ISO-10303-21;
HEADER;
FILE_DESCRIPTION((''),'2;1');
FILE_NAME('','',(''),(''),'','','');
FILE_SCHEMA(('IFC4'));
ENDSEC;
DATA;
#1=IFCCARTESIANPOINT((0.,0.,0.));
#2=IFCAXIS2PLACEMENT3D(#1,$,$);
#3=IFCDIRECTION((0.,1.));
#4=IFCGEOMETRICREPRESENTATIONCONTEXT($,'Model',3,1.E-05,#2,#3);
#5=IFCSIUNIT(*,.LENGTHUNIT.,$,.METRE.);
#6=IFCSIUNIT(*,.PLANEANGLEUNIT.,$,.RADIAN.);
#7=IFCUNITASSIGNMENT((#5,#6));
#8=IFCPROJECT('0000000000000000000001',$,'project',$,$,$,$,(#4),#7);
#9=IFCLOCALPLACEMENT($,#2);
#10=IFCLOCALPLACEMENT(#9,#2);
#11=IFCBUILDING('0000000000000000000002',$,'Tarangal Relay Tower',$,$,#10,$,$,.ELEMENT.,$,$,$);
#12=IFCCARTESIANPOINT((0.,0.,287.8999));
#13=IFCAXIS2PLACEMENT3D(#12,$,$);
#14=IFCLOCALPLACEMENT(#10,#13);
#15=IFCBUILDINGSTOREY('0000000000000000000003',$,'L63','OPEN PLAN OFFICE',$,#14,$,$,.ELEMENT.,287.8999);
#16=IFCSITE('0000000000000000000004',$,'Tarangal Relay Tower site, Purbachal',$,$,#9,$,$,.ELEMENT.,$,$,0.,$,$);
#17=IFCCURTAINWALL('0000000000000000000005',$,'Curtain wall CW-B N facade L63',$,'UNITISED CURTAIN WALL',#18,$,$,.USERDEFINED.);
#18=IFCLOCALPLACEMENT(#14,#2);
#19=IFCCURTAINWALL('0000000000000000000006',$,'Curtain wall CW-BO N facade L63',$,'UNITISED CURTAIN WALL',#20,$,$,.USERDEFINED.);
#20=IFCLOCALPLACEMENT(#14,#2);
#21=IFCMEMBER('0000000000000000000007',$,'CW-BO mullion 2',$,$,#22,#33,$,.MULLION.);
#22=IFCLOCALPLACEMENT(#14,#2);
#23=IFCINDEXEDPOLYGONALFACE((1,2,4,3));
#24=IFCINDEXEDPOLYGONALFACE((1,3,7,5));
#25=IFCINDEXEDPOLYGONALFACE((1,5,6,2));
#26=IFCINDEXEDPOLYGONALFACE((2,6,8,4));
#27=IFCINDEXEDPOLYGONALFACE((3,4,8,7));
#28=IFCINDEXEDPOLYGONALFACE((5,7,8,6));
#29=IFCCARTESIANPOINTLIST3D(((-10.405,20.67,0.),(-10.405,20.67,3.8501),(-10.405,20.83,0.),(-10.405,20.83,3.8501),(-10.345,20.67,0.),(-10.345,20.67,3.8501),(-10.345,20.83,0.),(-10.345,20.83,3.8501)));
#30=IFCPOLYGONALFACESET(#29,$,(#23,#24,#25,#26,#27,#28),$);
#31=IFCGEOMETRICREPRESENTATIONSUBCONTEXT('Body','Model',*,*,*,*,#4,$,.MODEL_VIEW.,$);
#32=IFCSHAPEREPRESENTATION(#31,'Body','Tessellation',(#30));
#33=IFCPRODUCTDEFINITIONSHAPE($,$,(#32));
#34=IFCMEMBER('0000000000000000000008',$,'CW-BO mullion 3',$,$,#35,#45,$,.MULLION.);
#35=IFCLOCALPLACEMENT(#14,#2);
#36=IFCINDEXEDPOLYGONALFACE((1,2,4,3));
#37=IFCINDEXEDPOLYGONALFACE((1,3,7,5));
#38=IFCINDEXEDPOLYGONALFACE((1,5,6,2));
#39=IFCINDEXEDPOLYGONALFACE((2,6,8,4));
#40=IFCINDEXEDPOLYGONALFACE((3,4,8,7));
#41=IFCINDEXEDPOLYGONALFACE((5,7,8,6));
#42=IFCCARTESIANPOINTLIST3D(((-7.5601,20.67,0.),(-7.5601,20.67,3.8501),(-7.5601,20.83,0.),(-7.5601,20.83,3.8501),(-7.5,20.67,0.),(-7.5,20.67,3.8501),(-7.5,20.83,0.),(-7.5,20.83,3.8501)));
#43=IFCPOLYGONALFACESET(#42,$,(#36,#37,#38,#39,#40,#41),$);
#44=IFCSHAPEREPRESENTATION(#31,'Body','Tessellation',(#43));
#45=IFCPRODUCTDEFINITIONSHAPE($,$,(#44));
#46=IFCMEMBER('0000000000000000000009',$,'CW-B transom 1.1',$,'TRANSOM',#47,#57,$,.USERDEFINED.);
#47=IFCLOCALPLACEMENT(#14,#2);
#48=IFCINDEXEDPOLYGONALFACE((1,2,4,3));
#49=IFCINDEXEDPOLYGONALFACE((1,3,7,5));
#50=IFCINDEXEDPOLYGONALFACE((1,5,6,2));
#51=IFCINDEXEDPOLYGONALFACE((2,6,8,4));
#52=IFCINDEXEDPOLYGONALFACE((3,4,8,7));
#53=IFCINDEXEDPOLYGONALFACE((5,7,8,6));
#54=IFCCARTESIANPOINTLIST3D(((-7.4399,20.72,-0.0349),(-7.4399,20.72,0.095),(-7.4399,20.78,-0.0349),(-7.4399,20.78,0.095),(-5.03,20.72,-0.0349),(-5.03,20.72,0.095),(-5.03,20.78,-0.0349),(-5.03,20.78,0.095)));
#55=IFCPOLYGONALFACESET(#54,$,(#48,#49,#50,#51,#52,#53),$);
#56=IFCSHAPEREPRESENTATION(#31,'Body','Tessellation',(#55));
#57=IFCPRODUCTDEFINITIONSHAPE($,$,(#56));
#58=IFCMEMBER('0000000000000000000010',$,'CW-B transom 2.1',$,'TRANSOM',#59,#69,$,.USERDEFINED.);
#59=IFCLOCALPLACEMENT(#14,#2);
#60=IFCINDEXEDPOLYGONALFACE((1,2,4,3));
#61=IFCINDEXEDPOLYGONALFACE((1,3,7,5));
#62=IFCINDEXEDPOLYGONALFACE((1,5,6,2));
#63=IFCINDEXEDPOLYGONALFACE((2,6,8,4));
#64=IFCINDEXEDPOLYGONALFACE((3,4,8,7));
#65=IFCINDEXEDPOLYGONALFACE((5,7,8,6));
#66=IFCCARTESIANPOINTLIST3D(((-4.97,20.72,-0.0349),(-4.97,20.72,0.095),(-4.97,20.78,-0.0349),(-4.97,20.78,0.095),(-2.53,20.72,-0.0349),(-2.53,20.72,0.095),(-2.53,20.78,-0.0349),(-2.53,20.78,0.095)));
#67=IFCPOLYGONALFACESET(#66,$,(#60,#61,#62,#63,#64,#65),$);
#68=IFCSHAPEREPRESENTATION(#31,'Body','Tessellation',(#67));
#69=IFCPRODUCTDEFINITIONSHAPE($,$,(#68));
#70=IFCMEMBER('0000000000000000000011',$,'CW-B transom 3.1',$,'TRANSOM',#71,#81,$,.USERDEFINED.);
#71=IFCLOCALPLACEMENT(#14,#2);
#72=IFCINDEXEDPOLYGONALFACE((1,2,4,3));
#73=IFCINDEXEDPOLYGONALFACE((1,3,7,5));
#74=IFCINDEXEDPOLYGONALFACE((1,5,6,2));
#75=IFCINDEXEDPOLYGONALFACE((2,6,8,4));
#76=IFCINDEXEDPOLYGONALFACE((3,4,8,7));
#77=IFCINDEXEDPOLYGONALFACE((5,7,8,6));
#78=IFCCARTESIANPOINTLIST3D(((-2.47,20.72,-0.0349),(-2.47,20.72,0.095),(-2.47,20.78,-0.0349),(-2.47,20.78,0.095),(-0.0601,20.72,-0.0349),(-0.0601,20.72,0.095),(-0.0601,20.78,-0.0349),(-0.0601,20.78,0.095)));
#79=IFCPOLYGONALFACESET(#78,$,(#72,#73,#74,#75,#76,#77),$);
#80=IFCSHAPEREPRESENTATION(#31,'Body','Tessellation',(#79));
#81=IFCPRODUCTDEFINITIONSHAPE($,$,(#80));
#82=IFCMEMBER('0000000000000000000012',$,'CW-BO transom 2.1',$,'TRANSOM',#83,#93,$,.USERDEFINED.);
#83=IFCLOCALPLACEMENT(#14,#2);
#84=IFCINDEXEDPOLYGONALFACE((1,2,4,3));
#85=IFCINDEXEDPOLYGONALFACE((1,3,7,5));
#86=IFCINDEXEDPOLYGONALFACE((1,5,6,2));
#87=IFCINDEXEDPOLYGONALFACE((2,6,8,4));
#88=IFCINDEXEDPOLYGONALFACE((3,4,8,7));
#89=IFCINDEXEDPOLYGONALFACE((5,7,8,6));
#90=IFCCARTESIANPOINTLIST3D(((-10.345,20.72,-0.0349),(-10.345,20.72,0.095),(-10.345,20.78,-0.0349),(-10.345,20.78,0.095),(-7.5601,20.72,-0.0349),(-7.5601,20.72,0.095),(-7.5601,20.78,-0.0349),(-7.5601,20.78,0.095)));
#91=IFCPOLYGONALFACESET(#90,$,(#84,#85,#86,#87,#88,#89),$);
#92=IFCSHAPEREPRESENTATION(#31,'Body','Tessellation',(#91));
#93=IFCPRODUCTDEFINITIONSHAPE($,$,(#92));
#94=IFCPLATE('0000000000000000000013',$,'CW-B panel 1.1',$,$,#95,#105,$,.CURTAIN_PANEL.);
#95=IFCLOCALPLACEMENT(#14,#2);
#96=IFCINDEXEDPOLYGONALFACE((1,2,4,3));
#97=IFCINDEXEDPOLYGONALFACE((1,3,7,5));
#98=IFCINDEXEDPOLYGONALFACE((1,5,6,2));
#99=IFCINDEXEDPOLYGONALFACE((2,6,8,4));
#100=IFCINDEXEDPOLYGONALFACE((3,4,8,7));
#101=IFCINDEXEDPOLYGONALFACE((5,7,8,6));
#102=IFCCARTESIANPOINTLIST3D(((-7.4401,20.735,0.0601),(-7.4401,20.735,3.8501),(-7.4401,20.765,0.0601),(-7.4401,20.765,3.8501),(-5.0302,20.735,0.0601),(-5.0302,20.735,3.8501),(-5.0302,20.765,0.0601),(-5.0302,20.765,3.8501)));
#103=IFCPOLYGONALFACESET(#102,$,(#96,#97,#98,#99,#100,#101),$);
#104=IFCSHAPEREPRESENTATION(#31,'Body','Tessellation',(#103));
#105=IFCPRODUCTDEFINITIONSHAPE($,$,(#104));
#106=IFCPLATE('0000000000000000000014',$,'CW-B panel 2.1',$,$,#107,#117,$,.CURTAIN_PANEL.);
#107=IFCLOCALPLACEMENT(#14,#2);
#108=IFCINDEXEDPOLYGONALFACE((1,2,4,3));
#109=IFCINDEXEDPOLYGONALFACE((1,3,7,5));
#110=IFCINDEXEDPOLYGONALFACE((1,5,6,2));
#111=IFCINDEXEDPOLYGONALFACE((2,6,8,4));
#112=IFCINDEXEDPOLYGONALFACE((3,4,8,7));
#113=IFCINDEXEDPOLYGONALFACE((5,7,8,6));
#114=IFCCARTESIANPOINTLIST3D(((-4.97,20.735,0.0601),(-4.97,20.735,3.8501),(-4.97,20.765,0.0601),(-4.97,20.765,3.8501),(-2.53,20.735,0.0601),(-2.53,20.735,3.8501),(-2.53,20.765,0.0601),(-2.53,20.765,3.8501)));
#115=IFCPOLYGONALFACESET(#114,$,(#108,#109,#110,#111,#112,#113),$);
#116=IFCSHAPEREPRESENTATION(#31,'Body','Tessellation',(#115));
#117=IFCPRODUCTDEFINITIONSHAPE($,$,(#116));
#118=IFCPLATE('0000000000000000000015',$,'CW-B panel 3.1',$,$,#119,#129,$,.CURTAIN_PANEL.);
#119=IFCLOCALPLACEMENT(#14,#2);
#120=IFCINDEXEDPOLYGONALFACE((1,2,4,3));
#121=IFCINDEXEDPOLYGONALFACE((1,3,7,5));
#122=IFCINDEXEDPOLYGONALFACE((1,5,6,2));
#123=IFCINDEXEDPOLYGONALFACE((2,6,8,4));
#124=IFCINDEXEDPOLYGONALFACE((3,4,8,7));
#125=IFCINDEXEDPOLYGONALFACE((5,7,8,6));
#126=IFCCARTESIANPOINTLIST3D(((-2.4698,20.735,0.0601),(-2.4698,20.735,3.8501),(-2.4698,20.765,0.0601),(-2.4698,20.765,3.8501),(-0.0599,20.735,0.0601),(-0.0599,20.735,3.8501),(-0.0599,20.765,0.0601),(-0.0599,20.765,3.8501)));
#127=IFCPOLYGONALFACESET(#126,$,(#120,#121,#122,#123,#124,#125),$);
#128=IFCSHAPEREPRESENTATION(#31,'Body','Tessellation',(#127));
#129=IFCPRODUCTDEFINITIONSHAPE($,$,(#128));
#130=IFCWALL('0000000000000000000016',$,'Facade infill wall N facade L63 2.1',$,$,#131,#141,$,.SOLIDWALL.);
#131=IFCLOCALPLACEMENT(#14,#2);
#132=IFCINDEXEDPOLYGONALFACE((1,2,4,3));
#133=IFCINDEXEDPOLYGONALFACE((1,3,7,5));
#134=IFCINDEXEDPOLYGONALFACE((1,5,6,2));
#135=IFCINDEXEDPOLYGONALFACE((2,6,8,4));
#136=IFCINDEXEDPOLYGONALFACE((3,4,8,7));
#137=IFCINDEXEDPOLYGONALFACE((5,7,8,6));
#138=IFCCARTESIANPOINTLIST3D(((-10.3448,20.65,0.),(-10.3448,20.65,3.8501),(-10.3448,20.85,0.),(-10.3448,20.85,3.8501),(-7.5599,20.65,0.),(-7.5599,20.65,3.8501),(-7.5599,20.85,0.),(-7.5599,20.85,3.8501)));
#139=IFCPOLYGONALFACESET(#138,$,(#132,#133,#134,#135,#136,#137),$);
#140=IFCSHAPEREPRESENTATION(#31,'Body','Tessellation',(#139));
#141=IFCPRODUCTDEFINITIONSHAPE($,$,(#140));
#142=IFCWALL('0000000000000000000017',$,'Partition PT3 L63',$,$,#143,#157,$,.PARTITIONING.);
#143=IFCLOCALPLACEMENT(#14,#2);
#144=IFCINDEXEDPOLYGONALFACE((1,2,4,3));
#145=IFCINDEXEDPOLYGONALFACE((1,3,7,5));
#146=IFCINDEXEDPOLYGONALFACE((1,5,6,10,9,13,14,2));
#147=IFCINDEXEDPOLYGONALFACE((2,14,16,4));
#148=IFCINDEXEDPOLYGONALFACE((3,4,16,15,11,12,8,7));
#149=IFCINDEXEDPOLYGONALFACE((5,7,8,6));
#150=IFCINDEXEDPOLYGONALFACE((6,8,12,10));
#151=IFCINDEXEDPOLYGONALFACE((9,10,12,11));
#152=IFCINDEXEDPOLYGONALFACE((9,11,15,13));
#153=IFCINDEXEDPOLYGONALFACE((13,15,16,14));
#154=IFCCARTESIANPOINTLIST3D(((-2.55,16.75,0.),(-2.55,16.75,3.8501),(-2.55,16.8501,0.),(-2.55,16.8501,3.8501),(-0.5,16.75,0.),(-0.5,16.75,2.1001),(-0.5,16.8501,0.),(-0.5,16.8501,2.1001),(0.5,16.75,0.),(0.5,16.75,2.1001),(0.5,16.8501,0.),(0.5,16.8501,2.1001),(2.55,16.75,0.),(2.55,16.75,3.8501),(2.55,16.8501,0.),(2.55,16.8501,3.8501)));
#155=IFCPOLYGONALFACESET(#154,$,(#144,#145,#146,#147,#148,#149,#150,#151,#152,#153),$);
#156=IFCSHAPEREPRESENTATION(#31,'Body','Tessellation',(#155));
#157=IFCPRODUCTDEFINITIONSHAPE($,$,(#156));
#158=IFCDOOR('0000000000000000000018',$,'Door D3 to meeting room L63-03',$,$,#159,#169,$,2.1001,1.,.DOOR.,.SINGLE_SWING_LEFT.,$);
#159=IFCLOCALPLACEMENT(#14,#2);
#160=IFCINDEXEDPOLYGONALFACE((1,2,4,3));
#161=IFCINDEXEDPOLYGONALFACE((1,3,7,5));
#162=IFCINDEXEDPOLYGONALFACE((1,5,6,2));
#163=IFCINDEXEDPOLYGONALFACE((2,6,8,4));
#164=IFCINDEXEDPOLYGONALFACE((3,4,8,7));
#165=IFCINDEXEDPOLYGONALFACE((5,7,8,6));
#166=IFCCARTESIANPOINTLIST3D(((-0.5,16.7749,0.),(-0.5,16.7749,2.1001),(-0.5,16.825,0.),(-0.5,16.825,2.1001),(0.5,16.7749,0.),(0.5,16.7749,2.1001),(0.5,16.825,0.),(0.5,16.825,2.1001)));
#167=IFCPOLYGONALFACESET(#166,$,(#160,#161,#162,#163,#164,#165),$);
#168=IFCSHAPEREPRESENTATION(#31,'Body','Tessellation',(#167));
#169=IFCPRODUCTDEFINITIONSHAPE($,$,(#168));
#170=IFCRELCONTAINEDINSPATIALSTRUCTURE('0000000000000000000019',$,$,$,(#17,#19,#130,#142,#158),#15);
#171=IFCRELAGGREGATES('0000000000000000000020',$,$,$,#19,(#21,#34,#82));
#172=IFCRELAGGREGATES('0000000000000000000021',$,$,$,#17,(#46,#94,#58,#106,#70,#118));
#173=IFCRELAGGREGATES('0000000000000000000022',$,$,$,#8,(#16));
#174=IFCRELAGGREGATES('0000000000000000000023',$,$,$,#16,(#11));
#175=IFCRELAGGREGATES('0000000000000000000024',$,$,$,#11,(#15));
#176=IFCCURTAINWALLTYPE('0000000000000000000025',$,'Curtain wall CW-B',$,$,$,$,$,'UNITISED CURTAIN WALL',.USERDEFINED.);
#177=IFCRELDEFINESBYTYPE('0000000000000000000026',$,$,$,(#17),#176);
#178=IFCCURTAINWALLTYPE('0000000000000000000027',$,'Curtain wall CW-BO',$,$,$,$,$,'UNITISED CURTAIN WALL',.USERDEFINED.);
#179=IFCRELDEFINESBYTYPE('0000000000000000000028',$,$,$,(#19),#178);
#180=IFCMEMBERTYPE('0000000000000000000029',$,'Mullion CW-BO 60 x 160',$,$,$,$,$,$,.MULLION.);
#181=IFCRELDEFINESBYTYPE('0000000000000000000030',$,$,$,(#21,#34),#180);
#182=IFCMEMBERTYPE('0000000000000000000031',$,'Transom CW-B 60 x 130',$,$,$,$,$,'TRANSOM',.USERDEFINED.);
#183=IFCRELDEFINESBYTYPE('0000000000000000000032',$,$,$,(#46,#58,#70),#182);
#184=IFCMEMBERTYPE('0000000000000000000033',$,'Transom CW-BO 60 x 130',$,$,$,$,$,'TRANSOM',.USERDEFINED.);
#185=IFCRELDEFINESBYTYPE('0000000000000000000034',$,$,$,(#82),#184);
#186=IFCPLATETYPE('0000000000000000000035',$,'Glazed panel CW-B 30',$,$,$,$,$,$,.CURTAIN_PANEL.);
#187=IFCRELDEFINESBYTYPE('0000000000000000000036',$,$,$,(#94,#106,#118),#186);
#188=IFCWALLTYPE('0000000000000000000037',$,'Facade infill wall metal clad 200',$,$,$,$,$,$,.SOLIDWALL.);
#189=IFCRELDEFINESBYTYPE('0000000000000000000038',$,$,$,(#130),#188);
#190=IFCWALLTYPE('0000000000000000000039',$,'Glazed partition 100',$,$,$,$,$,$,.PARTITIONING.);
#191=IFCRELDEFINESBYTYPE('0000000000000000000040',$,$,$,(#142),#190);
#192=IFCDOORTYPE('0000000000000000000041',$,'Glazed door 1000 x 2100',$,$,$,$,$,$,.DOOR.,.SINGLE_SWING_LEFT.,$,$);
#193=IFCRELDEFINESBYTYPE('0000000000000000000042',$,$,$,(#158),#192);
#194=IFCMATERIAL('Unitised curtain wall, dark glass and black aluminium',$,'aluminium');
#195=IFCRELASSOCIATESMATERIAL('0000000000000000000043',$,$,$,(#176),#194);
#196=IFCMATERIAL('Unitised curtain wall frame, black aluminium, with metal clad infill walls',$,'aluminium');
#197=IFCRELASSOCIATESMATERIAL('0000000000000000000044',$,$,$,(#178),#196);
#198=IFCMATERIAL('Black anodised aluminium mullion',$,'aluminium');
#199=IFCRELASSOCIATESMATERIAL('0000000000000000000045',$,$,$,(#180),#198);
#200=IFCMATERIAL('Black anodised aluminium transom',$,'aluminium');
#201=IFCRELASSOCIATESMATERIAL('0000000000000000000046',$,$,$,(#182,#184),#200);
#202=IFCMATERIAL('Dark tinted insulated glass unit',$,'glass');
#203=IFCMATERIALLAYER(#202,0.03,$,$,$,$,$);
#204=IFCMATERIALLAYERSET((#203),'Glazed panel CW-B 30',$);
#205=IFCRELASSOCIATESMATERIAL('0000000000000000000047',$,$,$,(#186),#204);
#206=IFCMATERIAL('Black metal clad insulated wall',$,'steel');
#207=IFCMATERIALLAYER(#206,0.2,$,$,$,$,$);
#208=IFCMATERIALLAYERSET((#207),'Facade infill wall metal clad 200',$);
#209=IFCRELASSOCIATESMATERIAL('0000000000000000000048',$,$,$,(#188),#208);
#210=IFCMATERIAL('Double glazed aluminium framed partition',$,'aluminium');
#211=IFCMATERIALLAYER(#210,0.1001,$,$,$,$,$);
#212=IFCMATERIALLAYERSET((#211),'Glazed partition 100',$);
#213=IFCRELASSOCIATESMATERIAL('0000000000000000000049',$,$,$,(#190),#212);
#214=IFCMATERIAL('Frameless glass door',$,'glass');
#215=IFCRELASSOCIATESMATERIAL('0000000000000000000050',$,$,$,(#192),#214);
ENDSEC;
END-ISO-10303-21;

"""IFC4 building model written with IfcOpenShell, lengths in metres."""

from ifc_helpers import new_model, si_unit, direction, frame, frame_2d, origin, origin_2d, place, context, subcontext, project, spatial, rectangle, extrude, material, layer, layer_set, material_profile, profile_set, type_object, element, fill, aggregate, save


model = new_model("IFC4")

# Units and contexts
model_context = context("Model", 3, precision=1e-05, world=origin(), true_north=direction((0.0, 1.0)))
body_context = subcontext(model_context, "Body", "Model", "MODEL_VIEW")
ifc_project = project(units=[si_unit("LENGTHUNIT", "METRE"), si_unit("PLANEANGLEUNIT", "RADIAN")], contexts=[model_context])

# Site, building, storey
site_placement = place(None, origin())
site = spatial("IfcSite", under=ifc_project, at=site_placement, Name="Tarangal Relay Tower site, Purbachal", CompositionType="ELEMENT", RefElevation=0.0)
building_placement = place(site_placement, origin())
building = spatial("IfcBuilding", under=site, at=building_placement, Name="Tarangal Relay Tower", CompositionType="ELEMENT")
storey_placement = place(building_placement, frame((0.0, 0.0, 287.8999)))
storey = spatial("IfcBuildingStorey", under=building, at=storey_placement, Name="L63", Description="OPEN PLAN OFFICE", CompositionType="ELEMENT", Elevation=287.8999)

# Curtain walls, members
ifc_material_1 = material(Name="Unitised curtain wall, dark glass and black aluminium", Category="aluminium")
curtain_wall_type_1 = type_object("IfcCurtainWallType", Name="Curtain wall CW-B", ElementType="UNITISED CURTAIN WALL", PredefinedType="USERDEFINED", material=ifc_material_1)
curtain_wall_1_placement = place(storey_placement, origin())
curtain_wall_1 = element("IfcCurtainWall", 1, at=curtain_wall_1_placement, inside=storey, type_object=curtain_wall_type_1, Name="Curtain wall CW-B N facade L63", ObjectType="UNITISED CURTAIN WALL", PredefinedType="USERDEFINED")
ifc_material_2 = material(Name="Black anodised aluminium mullion", Category="aluminium")
ifc_material_3 = material(Name="Unitised curtain wall frame, black aluminium, with metal clad infill walls", Category="aluminium")
curtain_wall_type_2 = type_object("IfcCurtainWallType", Name="Curtain wall CW-BO", ElementType="UNITISED CURTAIN WALL", PredefinedType="USERDEFINED", material=ifc_material_3)
curtain_wall_2_placement = place(storey_placement, origin())
curtain_wall_2 = element("IfcCurtainWall", 2, at=curtain_wall_2_placement, inside=storey, type_object=curtain_wall_type_2, Name="Curtain wall CW-BO N facade L63", ObjectType="UNITISED CURTAIN WALL", PredefinedType="USERDEFINED")
ifc_material_profile_1 = material_profile(ifc_material_2, rectangle(XDim=0.1599, YDim=0.0601, at=origin_2d()), Name="CW-BOM 60X160")
ifc_profile_set_1 = profile_set([ifc_material_profile_1], Name="Black anodised aluminium mullion")
member_type_1 = type_object("IfcMemberType", Name="Mullion CW-BO 60 x 160", PredefinedType="MULLION", material=ifc_profile_set_1)
member_1_placement = place(storey_placement, frame((-10.375, 20.75, 0.0), z_axis=(0.0, 0.0, 1.0), x_axis=(0.0, 1.0, 0.0)))
member_1 = element("IfcMember", 3, at=member_1_placement, type_object=member_type_1, Name="CW-BO mullion 2", PredefinedType="MULLION", context=body_context, shape_type="SweptSolid", body=[
    extrude(rectangle(XDim=0.1599, YDim=0.0601, at=origin_2d()), origin(), (0.0, 0.0, 1.0), 3.8501),
])
member_2_placement = place(storey_placement, frame((-7.53, 20.75, 0.0), z_axis=(0.0, 0.0, 1.0), x_axis=(0.0, 1.0, 0.0)))
member_2 = element("IfcMember", 4, at=member_2_placement, type_object=member_type_1, Name="CW-BO mullion 3", PredefinedType="MULLION", context=body_context, shape_type="SweptSolid", body=[
    extrude(rectangle(XDim=0.1599, YDim=0.0601, at=origin_2d()), origin(), (0.0, 0.0, 1.0), 3.8501),
])

# Members
ifc_material_4 = material(Name="Black anodised aluminium transom", Category="aluminium")
ifc_material_profile_2 = material_profile(ifc_material_4, rectangle(XDim=0.0601, YDim=0.1299, at=origin_2d()), Name="CW-BT 60X130")
ifc_profile_set_2 = profile_set([ifc_material_profile_2], Name="Black anodised aluminium transom")
member_type_2 = type_object("IfcMemberType", Name="Transom CW-B 60 x 130", ElementType="TRANSOM", PredefinedType="USERDEFINED", material=ifc_profile_set_2)
member_3_placement = place(storey_placement, frame((-7.4399, 20.75, 0.03), z_axis=(1.0, 0.0, 0.0), x_axis=(0.0, 1.0, 0.0)))
member_3 = element("IfcMember", 5, at=member_3_placement, type_object=member_type_2, Name="CW-B transom 1.1", ObjectType="TRANSOM", PredefinedType="USERDEFINED", context=body_context, shape_type="SweptSolid", body=[
    extrude(rectangle(XDim=0.0601, YDim=0.1299, at=origin_2d()), origin(), (0.0, 0.0, 1.0), 2.4099),
])
member_4_placement = place(storey_placement, frame((-4.97, 20.75, 0.03), z_axis=(1.0, 0.0, 0.0), x_axis=(0.0, 1.0, 0.0)))
member_4 = element("IfcMember", 6, at=member_4_placement, type_object=member_type_2, Name="CW-B transom 2.1", ObjectType="TRANSOM", PredefinedType="USERDEFINED", context=body_context, shape_type="SweptSolid", body=[
    extrude(rectangle(XDim=0.0601, YDim=0.1299, at=origin_2d()), origin(), (0.0, 0.0, 1.0), 2.4399),
])
member_5_placement = place(storey_placement, frame((-2.47, 20.75, 0.03), z_axis=(1.0, 0.0, 0.0), x_axis=(0.0, 1.0, 0.0)))
member_5 = element("IfcMember", 7, at=member_5_placement, type_object=member_type_2, Name="CW-B transom 3.1", ObjectType="TRANSOM", PredefinedType="USERDEFINED", context=body_context, shape_type="SweptSolid", body=[
    extrude(rectangle(XDim=0.0601, YDim=0.1299, at=origin_2d()), origin(), (0.0, 0.0, 1.0), 2.4099),
])
ifc_material_profile_3 = material_profile(ifc_material_4, rectangle(XDim=0.0601, YDim=0.1299, at=origin_2d()), Name="CW-BOT 60X130")
ifc_profile_set_3 = profile_set([ifc_material_profile_3], Name="Black anodised aluminium transom")
member_type_3 = type_object("IfcMemberType", Name="Transom CW-BO 60 x 130", ElementType="TRANSOM", PredefinedType="USERDEFINED", material=ifc_profile_set_3)
member_6_placement = place(storey_placement, frame((-10.345, 20.75, 0.03), z_axis=(1.0, 0.0, 0.0), x_axis=(0.0, 1.0, 0.0)))
member_6 = element("IfcMember", 8, at=member_6_placement, type_object=member_type_3, Name="CW-BO transom 2.1", ObjectType="TRANSOM", PredefinedType="USERDEFINED", context=body_context, shape_type="SweptSolid", body=[
    extrude(rectangle(XDim=0.0601, YDim=0.1299, at=origin_2d()), origin(), (0.0, 0.0, 1.0), 2.7849),
])
aggregate(curtain_wall_2, [member_1, member_2, member_6])

# Plates
ifc_material_5 = material(Name="Dark tinted insulated glass unit", Category="glass")
ifc_layer_1 = layer(ifc_material_5, 0.03)
ifc_layer_set_1 = layer_set([ifc_layer_1], Name="Glazed panel CW-B 30")
plate_type = type_object("IfcPlateType", Name="Glazed panel CW-B 30", PredefinedType="CURTAIN_PANEL", material=ifc_layer_set_1)
plate_1_placement = place(storey_placement, frame((-6.2351, 20.75, 0.0601), z_axis=(0.0, 0.0, 1.0), x_axis=(1.0, 0.0, 0.0)))
plate_1 = element("IfcPlate", 9, at=plate_1_placement, type_object=plate_type, Name="CW-B panel 1.1", PredefinedType="CURTAIN_PANEL", context=body_context, shape_type="SweptSolid", body=[
    extrude(rectangle(XDim=2.4099, YDim=0.03, at=origin_2d()), origin(), (0.0, 0.0, 1.0), 3.79),
])
plate_2_placement = place(storey_placement, frame((-3.75, 20.75, 0.0601), z_axis=(0.0, 0.0, 1.0), x_axis=(1.0, 0.0, 0.0)))
plate_2 = element("IfcPlate", 10, at=plate_2_placement, type_object=plate_type, Name="CW-B panel 2.1", PredefinedType="CURTAIN_PANEL", context=body_context, shape_type="SweptSolid", body=[
    extrude(rectangle(XDim=2.4399, YDim=0.03, at=origin_2d()), origin(), (0.0, 0.0, 1.0), 3.79),
])
plate_3_placement = place(storey_placement, frame((-1.2649, 20.75, 0.0601), z_axis=(0.0, 0.0, 1.0), x_axis=(1.0, 0.0, 0.0)))
plate_3 = element("IfcPlate", 11, at=plate_3_placement, type_object=plate_type, Name="CW-B panel 3.1", PredefinedType="CURTAIN_PANEL", context=body_context, shape_type="SweptSolid", body=[
    extrude(rectangle(XDim=2.4099, YDim=0.03, at=origin_2d()), origin(), (0.0, 0.0, 1.0), 3.79),
])
aggregate(curtain_wall_1, [member_3, plate_1, member_4, plate_2, member_5, plate_3])

# Wall
ifc_material_6 = material(Name="Black metal clad insulated wall", Category="steel")
ifc_layer_2 = layer(ifc_material_6, 0.2)
ifc_layer_set_2 = layer_set([ifc_layer_2], Name="Facade infill wall metal clad 200")
wall_type_1 = type_object("IfcWallType", Name="Facade infill wall metal clad 200", PredefinedType="SOLIDWALL", material=ifc_layer_set_2)
wall_1_placement = place(storey_placement, frame((-10.345, 20.75, 0.0), z_axis=(0.0, 0.0, 1.0), x_axis=(1.0, 0.0, 0.0)))
element("IfcWall", 12, at=wall_1_placement, inside=storey, type_object=wall_type_1, Name="Facade infill wall N facade L63 2.1", PredefinedType="SOLIDWALL", context=body_context, shape_type="SweptSolid", body=[
    extrude(rectangle(XDim=2.7849, YDim=0.2, at=frame_2d((1.3926, 0.0))), origin(), (0.0, 0.0, 1.0), 3.8501),
])

# Wall, opening, door
ifc_material_7 = material(Name="Double glazed aluminium framed partition", Category="aluminium")
ifc_layer_3 = layer(ifc_material_7, 0.1001)
ifc_layer_set_3 = layer_set([ifc_layer_3], Name="Glazed partition 100")
wall_type_2 = type_object("IfcWallType", Name="Glazed partition 100", PredefinedType="PARTITIONING", material=ifc_layer_set_3)
wall_2_placement = place(storey_placement, frame((-2.55, 16.8, 0.0), z_axis=(0.0, 0.0, 1.0), x_axis=(1.0, 0.0, 0.0)))
wall_2 = element("IfcWall", 13, at=wall_2_placement, inside=storey, type_object=wall_type_2, Name="Partition PT3 L63", PredefinedType="PARTITIONING", context=body_context, shape_type="SweptSolid", body=[
    extrude(rectangle(XDim=5.1001, YDim=0.1001, at=frame_2d((2.55, 0.0))), origin(), (0.0, 0.0, 1.0), 3.8501),
])
opening_1_placement = place(wall_2_placement, frame((2.05, 0.0, 0.0)))
opening_1 = element("IfcOpeningElement", 14, at=opening_1_placement, cuts=wall_2, PredefinedType="OPENING", context=body_context, shape_type="SweptSolid", body=[
    extrude(rectangle(XDim=1.0, YDim=2.1001, at=frame_2d((0.5, 1.05))), frame((0.0, 0.0601, 0.0), z_axis=(0.0, -1.0, 0.0), x_axis=(1.0, 0.0, 0.0)), (0.0, 0.0, 1.0), 0.1201),
])
ifc_material_8 = material(Name="Frameless glass door", Category="glass")
door_type = type_object("IfcDoorType", Name="Glazed door 1000 x 2100", OperationType="SINGLE_SWING_LEFT", PredefinedType="DOOR", material=ifc_material_8)
door_1_placement = place(opening_1_placement, origin())
door_1 = element("IfcDoor", 15, at=door_1_placement, inside=storey, type_object=door_type, Name="Door D3 to meeting room L63-03", OperationType="SINGLE_SWING_LEFT", OverallHeight=2.1001, OverallWidth=1.0, PredefinedType="DOOR", context=body_context, shape_type="SweptSolid", body=[
    extrude(rectangle(XDim=1.0, YDim=2.1001, at=frame_2d((0.5, 1.05))), frame((0.0, 0.0249, 0.0), z_axis=(0.0, -1.0, 0.0), x_axis=(1.0, 0.0, 0.0)), (0.0, 0.0, 1.0), 0.05),
])
fill(opening_1, door_1)

save(model, "model.ifc")
